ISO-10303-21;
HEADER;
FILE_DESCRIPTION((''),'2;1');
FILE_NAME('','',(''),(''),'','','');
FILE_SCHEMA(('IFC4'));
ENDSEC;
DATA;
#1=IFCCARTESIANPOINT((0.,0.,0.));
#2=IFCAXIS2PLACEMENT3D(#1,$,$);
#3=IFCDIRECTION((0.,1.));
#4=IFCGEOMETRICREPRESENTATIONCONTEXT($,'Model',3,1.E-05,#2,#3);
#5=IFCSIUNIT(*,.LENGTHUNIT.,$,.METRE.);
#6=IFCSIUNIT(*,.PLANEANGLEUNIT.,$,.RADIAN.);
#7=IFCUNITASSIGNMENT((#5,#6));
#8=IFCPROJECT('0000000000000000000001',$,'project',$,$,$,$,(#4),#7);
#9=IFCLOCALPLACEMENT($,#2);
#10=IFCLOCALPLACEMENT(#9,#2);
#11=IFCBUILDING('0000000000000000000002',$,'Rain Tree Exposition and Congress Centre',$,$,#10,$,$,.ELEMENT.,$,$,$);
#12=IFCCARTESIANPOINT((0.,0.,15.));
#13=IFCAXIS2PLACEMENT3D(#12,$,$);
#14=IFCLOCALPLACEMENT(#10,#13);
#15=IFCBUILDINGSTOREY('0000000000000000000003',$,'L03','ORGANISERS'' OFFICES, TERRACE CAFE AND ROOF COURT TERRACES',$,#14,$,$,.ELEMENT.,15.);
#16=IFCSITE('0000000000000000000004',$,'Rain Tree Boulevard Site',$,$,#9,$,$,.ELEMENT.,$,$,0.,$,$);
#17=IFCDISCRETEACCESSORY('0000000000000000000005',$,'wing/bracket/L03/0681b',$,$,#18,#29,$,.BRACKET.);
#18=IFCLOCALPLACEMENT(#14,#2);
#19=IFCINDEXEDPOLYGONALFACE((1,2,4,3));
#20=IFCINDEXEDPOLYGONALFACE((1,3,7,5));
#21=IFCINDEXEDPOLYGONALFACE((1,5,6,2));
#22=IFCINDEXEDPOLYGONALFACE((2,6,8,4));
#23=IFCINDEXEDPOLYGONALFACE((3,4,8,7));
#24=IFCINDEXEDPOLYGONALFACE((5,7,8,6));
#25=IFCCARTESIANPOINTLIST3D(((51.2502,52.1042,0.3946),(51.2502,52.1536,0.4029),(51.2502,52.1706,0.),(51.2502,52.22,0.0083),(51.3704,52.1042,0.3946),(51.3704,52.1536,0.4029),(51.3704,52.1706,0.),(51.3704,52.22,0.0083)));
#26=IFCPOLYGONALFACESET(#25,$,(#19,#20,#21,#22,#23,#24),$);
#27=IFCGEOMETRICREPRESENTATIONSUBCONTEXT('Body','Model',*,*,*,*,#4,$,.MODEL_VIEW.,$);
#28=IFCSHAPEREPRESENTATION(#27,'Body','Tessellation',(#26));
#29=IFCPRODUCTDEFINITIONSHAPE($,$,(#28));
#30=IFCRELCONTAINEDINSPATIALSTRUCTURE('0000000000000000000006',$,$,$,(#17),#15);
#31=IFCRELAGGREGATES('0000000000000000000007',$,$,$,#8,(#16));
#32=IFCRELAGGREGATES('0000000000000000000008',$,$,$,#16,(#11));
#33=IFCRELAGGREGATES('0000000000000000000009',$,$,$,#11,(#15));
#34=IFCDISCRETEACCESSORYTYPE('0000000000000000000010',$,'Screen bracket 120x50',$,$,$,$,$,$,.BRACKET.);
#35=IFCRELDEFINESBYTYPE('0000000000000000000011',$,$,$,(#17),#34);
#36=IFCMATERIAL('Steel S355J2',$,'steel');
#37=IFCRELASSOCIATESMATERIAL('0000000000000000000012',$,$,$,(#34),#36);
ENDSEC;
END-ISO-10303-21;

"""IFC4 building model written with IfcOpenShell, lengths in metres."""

from ifc_helpers import new_model, si_unit, direction, frame, origin, origin_2d, place, context, subcontext, project, spatial, rectangle, extrude, material, material_profile, profile_set, type_object, element, save


model = new_model("IFC4")

# Units and contexts
model_context = context("Model", 3, precision=1e-05, world=origin(), true_north=direction((0.0, 1.0)))
body_context = subcontext(model_context, "Body", "Model", "MODEL_VIEW")
ifc_project = project(units=[si_unit("LENGTHUNIT", "METRE"), si_unit("PLANEANGLEUNIT", "RADIAN")], contexts=[model_context])

# Site, building, storey
site_placement = place(None, origin())
site = spatial("IfcSite", under=ifc_project, at=site_placement, Name="Rain Tree Boulevard Site", CompositionType="ELEMENT", RefElevation=0.0)
building_placement = place(site_placement, origin())
building = spatial("IfcBuilding", under=site, at=building_placement, Name="Rain Tree Exposition and Congress Centre", CompositionType="ELEMENT")
storey_placement = place(building_placement, frame((0.0, 0.0, 15.0)))
storey = spatial("IfcBuildingStorey", under=building, at=storey_placement, Name="L03", Description="ORGANISERS' OFFICES, TERRACE CAFE AND ROOF COURT TERRACES", CompositionType="ELEMENT", Elevation=15.0)

# Discrete accessory
ifc_material_1 = material(Name="Steel S355J2", Category="steel")
ifc_material_profile = material_profile(ifc_material_1, rectangle(XDim=0.1201, YDim=0.05, at=origin_2d()), Name="Flat bar 120x50")
ifc_profile_set = profile_set([ifc_material_profile], Name="Steel S355J2")
discrete_accessory_type = type_object("IfcDiscreteAccessoryType", Name="Screen bracket 120x50", PredefinedType="BRACKET", material=ifc_profile_set)
for number, where, z_axis, x_axis, name in (
    (1, (51.3103, 52.1953, 0.0042), (0.0, -0.165982, 0.986129), (1.0, 0.0, 0.0), "wing/bracket/L03/0681b"),
):
    element("IfcDiscreteAccessory", number, at=place(storey_placement, frame(where, z_axis=z_axis, x_axis=x_axis)), inside=storey, type_object=discrete_accessory_type, Name=name, PredefinedType="BRACKET", context=body_context, shape_type="SweptSolid", body=[
        extrude(rectangle(XDim=0.1201, YDim=0.05, at=origin_2d()), origin(), (0.0, 0.0, 1.0), 0.4001),
    ])

save(model, "model.ifc")
